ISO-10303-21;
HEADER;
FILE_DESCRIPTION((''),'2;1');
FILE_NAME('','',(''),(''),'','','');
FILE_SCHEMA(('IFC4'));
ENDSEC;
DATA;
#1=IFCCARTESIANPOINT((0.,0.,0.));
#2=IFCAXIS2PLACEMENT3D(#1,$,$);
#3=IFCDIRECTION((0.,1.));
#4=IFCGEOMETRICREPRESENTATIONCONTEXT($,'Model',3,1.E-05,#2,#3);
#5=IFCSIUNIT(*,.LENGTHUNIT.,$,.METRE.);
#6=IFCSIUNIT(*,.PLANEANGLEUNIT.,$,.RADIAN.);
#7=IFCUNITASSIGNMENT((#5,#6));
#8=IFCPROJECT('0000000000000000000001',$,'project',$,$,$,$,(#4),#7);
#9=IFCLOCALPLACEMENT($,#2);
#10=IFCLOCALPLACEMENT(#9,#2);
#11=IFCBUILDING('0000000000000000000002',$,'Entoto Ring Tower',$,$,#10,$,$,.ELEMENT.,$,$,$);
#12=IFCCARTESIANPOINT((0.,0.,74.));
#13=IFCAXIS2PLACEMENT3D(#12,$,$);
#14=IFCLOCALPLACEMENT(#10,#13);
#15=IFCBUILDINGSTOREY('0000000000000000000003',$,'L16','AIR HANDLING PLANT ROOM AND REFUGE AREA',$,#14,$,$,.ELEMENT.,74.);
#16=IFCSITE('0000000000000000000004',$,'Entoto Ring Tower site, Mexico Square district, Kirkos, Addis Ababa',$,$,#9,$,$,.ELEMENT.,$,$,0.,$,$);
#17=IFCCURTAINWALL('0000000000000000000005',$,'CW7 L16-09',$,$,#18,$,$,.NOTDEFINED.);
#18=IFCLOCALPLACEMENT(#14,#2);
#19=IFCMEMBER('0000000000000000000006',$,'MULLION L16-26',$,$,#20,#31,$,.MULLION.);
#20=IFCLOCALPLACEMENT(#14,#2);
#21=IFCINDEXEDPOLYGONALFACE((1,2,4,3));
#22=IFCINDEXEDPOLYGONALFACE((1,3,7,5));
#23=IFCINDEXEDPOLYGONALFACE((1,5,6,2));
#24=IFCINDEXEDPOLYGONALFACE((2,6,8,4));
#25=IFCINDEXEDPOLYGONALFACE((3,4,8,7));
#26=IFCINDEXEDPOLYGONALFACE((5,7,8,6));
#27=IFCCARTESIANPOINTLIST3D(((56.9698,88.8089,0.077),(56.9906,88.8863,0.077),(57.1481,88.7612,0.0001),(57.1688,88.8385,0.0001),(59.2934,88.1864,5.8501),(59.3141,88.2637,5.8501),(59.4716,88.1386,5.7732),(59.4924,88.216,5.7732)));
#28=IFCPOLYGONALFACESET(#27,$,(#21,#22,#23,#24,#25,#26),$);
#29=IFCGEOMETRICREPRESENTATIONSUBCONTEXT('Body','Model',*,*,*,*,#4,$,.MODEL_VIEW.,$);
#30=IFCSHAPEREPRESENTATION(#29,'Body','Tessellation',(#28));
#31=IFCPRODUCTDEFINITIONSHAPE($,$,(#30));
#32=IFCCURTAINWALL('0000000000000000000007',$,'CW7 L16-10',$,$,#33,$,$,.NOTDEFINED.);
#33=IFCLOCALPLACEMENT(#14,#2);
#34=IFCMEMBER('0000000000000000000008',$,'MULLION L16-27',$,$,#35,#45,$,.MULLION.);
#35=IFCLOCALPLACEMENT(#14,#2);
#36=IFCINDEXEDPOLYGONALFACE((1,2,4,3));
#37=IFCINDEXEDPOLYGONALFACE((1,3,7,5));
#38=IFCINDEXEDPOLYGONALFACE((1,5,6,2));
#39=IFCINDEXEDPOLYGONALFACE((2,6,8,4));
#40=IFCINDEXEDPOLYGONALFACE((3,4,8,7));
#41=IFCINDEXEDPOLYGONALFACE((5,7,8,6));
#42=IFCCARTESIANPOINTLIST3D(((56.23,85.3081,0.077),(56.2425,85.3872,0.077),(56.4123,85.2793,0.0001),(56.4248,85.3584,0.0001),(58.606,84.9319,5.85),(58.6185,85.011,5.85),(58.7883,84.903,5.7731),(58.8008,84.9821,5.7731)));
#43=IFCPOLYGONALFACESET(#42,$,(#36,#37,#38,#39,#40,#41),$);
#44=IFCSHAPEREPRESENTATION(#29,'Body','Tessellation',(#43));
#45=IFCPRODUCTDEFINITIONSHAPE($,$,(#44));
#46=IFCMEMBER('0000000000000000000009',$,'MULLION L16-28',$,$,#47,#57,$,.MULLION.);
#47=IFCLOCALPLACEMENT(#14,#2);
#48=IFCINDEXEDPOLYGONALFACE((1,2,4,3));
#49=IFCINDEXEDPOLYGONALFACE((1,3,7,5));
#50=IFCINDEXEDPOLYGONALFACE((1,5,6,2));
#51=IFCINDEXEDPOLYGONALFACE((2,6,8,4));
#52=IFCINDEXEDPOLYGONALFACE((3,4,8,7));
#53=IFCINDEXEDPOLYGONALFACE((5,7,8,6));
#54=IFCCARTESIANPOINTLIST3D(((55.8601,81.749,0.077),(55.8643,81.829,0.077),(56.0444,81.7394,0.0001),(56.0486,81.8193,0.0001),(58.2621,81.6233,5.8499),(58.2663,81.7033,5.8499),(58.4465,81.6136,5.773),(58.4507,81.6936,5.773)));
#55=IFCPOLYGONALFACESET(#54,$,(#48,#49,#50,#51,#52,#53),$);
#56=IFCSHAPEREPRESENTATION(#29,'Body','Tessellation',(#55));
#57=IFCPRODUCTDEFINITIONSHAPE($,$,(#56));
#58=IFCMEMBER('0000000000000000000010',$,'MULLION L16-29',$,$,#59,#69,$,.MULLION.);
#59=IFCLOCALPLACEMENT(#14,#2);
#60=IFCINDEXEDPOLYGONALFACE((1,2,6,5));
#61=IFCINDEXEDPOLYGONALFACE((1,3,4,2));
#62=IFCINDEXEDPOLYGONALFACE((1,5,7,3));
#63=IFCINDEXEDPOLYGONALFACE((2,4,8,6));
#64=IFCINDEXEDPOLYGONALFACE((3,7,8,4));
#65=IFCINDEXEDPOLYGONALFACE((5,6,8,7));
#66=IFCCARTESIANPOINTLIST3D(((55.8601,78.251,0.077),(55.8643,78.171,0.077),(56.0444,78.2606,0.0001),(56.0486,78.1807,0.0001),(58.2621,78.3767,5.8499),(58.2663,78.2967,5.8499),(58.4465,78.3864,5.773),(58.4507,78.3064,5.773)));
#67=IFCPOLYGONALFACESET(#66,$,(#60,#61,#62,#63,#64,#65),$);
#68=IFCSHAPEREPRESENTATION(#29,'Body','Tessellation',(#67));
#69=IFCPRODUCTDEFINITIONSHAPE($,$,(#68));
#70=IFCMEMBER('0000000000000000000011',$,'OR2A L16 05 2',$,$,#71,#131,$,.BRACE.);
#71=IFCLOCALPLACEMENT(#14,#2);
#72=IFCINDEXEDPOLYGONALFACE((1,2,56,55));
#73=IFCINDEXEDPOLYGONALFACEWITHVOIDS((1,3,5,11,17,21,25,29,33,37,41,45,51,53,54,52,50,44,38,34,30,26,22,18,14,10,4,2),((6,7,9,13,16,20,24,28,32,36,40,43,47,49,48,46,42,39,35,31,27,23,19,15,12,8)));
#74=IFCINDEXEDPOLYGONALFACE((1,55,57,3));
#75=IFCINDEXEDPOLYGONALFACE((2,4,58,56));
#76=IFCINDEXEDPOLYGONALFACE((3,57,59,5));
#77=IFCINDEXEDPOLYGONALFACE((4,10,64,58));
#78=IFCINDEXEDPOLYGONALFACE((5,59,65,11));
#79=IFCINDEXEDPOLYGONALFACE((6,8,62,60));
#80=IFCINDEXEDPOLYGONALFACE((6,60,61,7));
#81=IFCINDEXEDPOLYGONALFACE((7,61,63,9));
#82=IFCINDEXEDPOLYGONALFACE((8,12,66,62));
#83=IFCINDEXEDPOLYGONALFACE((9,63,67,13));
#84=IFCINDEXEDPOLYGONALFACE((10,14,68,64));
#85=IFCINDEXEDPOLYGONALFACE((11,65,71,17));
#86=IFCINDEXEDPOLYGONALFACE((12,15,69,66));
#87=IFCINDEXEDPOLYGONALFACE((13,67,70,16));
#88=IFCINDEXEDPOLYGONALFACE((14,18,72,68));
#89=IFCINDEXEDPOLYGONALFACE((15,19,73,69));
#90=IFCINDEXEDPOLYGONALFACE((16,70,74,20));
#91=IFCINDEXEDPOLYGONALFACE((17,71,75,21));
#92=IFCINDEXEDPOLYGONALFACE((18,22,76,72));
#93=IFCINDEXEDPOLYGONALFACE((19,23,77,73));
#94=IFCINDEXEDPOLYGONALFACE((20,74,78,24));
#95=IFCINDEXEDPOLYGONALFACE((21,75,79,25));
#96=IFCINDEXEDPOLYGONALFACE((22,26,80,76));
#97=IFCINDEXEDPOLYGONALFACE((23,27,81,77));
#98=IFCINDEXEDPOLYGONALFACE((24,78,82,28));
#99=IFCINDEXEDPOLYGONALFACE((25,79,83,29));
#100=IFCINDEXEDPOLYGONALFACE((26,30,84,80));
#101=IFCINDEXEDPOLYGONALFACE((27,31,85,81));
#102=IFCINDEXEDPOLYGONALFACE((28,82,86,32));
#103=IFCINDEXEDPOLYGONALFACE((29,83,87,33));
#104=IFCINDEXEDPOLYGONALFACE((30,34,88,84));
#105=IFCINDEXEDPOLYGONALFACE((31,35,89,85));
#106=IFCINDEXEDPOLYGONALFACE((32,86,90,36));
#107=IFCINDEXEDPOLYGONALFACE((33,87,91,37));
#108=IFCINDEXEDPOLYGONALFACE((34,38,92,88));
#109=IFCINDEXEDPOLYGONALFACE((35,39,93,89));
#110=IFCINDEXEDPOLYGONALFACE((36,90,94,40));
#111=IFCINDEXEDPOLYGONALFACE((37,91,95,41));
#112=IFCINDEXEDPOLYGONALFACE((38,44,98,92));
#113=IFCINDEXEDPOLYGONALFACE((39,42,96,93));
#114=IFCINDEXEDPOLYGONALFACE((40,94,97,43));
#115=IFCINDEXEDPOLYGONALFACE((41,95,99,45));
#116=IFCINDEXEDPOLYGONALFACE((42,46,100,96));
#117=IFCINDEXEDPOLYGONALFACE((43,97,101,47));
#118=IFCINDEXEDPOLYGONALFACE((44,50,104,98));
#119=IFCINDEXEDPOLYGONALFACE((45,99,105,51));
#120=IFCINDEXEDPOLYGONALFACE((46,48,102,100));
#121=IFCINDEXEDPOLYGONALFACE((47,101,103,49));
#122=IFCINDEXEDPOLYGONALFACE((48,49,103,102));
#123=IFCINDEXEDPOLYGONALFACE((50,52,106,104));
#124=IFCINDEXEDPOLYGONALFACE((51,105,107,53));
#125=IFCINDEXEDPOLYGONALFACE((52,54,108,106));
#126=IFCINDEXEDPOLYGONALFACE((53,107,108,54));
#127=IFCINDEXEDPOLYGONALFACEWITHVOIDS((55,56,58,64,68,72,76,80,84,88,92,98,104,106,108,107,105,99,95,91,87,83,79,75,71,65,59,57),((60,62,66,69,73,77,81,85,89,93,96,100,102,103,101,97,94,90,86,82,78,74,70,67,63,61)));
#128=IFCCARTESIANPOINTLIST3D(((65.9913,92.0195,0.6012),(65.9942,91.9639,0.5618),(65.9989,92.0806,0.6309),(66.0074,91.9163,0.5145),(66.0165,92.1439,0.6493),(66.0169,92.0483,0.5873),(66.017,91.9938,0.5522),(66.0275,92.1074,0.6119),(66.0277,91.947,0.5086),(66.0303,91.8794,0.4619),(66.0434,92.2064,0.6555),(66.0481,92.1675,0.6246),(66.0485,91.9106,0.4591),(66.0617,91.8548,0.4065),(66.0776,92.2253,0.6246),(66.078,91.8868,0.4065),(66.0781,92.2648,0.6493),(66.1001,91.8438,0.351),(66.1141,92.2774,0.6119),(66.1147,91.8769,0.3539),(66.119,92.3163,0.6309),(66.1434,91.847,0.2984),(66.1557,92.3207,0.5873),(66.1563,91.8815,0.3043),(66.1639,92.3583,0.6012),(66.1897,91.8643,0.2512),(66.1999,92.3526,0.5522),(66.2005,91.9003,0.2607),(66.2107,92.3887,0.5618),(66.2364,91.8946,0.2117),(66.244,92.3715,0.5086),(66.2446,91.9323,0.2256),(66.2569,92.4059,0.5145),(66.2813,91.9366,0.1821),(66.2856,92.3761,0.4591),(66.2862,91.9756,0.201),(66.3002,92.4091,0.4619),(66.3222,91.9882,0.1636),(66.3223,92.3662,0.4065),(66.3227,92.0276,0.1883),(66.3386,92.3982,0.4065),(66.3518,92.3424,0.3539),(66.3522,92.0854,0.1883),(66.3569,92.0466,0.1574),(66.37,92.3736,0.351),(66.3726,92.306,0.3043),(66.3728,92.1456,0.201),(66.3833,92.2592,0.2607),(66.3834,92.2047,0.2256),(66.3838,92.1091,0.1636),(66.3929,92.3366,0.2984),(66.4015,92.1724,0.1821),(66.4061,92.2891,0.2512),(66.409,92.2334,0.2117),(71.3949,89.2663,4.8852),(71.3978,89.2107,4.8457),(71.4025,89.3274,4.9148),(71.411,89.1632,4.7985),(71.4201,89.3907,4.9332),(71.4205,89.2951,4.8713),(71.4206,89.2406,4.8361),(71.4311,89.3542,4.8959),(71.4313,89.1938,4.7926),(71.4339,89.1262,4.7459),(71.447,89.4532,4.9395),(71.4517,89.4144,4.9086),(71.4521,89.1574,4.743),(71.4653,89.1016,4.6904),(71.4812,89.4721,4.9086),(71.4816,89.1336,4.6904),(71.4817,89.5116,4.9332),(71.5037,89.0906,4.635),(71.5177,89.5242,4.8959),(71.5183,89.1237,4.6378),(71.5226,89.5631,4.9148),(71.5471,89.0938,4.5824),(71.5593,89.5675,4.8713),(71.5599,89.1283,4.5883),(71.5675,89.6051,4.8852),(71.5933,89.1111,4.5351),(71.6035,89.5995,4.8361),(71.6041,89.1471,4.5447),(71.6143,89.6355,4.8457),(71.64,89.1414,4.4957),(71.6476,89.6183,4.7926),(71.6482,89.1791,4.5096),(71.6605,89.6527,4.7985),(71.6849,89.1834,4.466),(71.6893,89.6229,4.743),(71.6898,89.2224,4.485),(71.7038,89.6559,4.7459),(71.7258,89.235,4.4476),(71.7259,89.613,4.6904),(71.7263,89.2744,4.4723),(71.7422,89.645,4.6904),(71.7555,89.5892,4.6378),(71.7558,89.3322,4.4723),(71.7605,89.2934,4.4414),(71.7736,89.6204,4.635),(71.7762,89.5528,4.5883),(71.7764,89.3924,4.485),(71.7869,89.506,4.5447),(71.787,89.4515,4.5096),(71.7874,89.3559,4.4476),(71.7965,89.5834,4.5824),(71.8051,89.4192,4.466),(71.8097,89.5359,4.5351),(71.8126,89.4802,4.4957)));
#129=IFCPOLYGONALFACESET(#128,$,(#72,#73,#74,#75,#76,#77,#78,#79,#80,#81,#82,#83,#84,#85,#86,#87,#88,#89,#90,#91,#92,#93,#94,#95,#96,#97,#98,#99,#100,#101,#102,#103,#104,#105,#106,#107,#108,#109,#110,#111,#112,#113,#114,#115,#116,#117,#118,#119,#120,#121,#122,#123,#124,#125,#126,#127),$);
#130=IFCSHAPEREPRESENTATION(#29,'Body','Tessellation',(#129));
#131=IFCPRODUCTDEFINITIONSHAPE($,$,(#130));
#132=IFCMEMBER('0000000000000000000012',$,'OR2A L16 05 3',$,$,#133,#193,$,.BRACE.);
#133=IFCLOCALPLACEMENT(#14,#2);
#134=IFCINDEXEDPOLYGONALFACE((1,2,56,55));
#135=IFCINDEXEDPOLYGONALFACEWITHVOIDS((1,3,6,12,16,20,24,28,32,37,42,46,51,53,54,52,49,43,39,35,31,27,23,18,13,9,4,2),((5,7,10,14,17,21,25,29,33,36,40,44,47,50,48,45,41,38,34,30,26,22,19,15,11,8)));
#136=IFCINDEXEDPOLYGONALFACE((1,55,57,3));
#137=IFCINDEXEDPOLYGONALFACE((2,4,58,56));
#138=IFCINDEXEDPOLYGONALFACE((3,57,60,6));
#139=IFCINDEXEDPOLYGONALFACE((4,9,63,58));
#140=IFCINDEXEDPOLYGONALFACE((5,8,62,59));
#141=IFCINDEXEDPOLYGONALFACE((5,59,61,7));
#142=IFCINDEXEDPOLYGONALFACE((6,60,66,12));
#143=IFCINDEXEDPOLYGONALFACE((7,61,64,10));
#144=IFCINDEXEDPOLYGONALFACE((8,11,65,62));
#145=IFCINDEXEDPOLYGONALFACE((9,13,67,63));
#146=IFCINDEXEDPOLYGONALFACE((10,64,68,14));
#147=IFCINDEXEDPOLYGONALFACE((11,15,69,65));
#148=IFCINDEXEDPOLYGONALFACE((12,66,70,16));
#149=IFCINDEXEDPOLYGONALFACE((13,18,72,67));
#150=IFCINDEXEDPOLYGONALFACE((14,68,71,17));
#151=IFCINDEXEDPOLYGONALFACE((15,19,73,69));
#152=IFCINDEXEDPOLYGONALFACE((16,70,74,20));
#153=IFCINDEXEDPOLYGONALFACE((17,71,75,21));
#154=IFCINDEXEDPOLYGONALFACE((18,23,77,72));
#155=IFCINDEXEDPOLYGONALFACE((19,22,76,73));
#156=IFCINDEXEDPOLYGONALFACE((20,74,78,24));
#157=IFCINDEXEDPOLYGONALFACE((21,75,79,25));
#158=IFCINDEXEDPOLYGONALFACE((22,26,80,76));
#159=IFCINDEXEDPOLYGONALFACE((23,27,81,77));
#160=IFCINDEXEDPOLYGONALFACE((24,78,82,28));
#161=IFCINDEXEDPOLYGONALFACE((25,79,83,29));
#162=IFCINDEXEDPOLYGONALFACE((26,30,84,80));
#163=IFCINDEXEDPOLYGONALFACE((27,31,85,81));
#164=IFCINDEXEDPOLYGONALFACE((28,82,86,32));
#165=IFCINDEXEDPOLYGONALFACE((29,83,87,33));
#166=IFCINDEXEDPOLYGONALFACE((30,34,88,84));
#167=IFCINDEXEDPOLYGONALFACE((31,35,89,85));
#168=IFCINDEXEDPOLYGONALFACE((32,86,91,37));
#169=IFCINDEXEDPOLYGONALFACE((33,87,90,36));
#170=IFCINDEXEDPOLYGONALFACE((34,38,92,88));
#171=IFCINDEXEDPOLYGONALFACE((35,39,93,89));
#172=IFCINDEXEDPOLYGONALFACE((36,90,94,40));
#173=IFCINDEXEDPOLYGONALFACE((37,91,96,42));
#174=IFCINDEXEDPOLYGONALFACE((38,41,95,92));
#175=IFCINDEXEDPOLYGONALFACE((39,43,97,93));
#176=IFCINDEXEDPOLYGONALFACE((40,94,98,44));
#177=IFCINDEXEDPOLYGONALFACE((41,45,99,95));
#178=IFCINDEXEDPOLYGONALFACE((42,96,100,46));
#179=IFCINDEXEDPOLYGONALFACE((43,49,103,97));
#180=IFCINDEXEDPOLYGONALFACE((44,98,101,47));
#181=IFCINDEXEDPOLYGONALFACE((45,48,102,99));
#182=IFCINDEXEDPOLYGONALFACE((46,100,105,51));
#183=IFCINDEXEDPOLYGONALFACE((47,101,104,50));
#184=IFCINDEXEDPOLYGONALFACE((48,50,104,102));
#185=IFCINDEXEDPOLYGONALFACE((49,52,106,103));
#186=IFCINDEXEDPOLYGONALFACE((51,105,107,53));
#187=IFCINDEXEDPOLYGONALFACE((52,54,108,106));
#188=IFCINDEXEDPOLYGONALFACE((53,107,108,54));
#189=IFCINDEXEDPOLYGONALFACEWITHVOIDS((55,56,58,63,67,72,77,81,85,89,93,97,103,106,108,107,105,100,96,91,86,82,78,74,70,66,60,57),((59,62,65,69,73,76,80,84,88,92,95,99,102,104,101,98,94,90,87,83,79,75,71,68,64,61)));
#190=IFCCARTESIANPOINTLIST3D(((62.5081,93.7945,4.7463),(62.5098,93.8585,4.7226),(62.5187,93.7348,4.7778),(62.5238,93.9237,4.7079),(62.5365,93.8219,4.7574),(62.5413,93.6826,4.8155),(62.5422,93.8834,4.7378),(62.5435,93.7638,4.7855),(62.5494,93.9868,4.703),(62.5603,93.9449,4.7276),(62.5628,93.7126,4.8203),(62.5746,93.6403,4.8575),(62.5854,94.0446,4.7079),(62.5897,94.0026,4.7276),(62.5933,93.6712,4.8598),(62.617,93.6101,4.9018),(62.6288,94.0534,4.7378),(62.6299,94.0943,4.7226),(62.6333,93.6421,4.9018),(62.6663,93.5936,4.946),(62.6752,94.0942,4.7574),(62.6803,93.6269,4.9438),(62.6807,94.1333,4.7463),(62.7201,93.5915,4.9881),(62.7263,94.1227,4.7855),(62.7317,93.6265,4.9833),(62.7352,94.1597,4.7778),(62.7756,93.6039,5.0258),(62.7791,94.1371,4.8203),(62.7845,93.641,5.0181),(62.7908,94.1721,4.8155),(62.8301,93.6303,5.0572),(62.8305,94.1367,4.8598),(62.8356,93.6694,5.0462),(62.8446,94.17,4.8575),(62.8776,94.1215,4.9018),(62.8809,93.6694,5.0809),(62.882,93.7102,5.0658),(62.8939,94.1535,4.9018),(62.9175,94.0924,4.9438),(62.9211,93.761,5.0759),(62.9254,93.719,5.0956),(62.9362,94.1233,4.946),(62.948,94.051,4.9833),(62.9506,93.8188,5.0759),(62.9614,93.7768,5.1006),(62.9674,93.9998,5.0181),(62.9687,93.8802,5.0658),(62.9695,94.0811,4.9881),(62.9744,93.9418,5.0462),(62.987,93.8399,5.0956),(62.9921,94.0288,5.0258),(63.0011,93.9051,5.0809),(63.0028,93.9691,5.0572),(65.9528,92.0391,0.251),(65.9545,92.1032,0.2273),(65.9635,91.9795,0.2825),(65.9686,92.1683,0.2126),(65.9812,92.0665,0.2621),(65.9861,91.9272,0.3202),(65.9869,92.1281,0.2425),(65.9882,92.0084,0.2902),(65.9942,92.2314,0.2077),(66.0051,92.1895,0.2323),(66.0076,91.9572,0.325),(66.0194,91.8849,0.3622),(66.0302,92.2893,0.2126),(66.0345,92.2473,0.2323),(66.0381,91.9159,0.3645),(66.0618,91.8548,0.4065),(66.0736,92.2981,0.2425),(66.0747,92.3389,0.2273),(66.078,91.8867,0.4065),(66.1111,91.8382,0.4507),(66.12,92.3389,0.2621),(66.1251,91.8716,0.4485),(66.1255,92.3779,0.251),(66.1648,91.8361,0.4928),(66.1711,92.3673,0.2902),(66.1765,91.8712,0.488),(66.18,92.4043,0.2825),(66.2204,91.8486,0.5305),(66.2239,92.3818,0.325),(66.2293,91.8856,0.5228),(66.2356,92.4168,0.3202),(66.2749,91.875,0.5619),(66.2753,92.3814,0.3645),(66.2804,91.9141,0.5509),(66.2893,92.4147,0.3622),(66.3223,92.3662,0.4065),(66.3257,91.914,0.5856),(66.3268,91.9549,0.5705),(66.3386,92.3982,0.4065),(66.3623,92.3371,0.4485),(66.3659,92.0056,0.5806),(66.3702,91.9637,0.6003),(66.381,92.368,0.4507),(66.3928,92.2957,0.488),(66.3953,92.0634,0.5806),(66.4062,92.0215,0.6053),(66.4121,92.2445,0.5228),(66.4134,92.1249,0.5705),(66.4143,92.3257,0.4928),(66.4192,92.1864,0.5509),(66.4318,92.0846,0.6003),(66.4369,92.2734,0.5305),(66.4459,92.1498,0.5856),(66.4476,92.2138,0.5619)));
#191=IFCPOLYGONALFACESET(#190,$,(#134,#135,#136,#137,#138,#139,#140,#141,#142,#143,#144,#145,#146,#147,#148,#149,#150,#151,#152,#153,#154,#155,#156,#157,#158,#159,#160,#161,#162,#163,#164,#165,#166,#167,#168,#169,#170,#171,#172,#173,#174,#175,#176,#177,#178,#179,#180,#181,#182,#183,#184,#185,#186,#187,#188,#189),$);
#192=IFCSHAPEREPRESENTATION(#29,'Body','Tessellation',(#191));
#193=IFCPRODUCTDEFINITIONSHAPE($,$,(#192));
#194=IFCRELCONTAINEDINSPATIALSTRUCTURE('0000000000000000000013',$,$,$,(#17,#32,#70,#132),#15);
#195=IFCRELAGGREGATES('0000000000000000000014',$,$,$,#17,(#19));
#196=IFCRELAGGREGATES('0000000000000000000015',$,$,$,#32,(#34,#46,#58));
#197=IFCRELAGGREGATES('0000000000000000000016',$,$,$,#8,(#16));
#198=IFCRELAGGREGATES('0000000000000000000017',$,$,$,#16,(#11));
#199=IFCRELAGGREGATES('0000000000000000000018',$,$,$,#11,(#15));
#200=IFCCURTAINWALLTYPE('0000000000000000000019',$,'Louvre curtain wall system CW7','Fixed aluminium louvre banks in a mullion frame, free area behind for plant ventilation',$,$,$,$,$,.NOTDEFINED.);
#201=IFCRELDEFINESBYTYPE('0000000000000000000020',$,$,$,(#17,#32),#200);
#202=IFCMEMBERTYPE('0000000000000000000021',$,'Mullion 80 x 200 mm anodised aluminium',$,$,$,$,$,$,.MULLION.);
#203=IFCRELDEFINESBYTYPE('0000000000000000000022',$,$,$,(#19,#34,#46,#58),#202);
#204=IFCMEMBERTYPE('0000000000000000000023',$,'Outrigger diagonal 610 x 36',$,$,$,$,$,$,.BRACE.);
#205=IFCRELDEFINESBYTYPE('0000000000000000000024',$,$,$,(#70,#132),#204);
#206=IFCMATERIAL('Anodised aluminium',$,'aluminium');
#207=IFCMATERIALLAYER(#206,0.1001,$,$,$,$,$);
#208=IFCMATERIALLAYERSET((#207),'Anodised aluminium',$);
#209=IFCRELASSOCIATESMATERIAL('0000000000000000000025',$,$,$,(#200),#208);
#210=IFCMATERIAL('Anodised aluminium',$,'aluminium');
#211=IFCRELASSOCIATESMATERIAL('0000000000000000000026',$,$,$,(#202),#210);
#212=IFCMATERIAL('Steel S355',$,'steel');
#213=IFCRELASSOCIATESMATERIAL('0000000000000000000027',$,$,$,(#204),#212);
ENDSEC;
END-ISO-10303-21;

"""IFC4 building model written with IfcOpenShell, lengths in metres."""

from ifc_helpers import new_model, si_unit, direction, frame, origin, origin_2d, place, context, subcontext, project, spatial, rectangle, circle, hollow_circle, extrude, material, layer, layer_set, material_profile, profile_set, type_object, element, aggregate, save


model = new_model("IFC4")

# Units and contexts
model_context = context("Model", 3, precision=1e-05, world=origin(), true_north=direction((0.0, 1.0)))
body_context = subcontext(model_context, "Body", "Model", "MODEL_VIEW")
ifc_project = project(units=[si_unit("LENGTHUNIT", "METRE"), si_unit("PLANEANGLEUNIT", "RADIAN")], contexts=[model_context])

# Site, building, storey
site_placement = place(None, origin())
site = spatial("IfcSite", under=ifc_project, at=site_placement, Name="Entoto Ring Tower site, Mexico Square district, Kirkos, Addis Ababa", CompositionType="ELEMENT", RefElevation=0.0)
building_placement = place(site_placement, origin())
building = spatial("IfcBuilding", under=site, at=building_placement, Name="Entoto Ring Tower", CompositionType="ELEMENT")
storey_placement = place(building_placement, frame((0.0, 0.0, 74.0)))
storey = spatial("IfcBuildingStorey", under=building, at=storey_placement, Name="L16", Description="AIR HANDLING PLANT ROOM AND REFUGE AREA", CompositionType="ELEMENT", Elevation=74.0)

# Curtain walls, members
ifc_material_1 = material(Name="Anodised aluminium", Category="aluminium")
ifc_layer_1 = layer(ifc_material_1, 0.1001)
ifc_layer_set_1 = layer_set([ifc_layer_1], Name="Anodised aluminium")
curtain_wall_type = type_object("IfcCurtainWallType", Name="Louvre curtain wall system CW7", Description="Fixed aluminium louvre banks in a mullion frame, free area behind for plant ventilation", PredefinedType="NOTDEFINED", material=ifc_layer_set_1)
curtain_wall_1_placement = place(storey_placement, origin())
curtain_wall_1 = element("IfcCurtainWall", 1, at=curtain_wall_1_placement, inside=storey, type_object=curtain_wall_type, Name="CW7 L16-09", PredefinedType="NOTDEFINED")
ifc_material_2 = material(Name="Anodised aluminium", Category="aluminium")
ifc_material_profile_1 = material_profile(ifc_material_2, rectangle(XDim=0.0801, YDim=0.2, at=origin_2d()), Name="Mullion 80 x 200 mm anodised aluminium")
ifc_profile_set_1 = profile_set([ifc_material_profile_1], Name="Anodised aluminium")
member_type_1 = type_object("IfcMemberType", Name="Mullion 80 x 200 mm anodised aluminium", PredefinedType="MULLION", material=ifc_profile_set_1)
member_1_placement = place(storey_placement, frame((57.0693, 88.8237, 0.0386), z_axis=(0.371517, -0.099545, 0.923074), x_axis=(0.258812, 0.965928, 0.0)))
member_1 = element("IfcMember", 2, at=member_1_placement, type_object=member_type_1, Name="MULLION L16-26", PredefinedType="MULLION", context=body_context, shape_type="SweptSolid", body=[
    extrude(rectangle(XDim=0.0801, YDim=0.2, at=origin_2d()), origin(), (0.0, 0.0, 1.0), 6.2542),
])
aggregate(curtain_wall_1, [member_1])
curtain_wall_2_placement = place(storey_placement, origin())
curtain_wall_2 = element("IfcCurtainWall", 3, at=curtain_wall_2_placement, inside=storey, type_object=curtain_wall_type, Name="CW7 L16-10", PredefinedType="NOTDEFINED")
member_2_placement = place(storey_placement, frame((56.3274, 85.3333, 0.0386), z_axis=(0.379907, -0.060156, 0.923067), x_axis=(0.156395, 0.987695, 0.0)))
member_2 = element("IfcMember", 4, at=member_2_placement, type_object=member_type_1, Name="MULLION L16-27", PredefinedType="MULLION", context=body_context, shape_type="SweptSolid", body=[
    extrude(rectangle(XDim=0.0801, YDim=0.2, at=origin_2d()), origin(), (0.0, 0.0, 1.0), 6.2542),
])
member_3_placement = place(storey_placement, frame((55.9543, 81.7842, 0.0386), z_axis=(0.384089, -0.020104, 0.923077), x_axis=(0.052271, 0.998633, 0.0)))
member_3 = element("IfcMember", 5, at=member_3_placement, type_object=member_type_1, Name="MULLION L16-28", PredefinedType="MULLION", context=body_context, shape_type="SweptSolid", body=[
    extrude(rectangle(XDim=0.0801, YDim=0.2, at=origin_2d()), origin(), (0.0, 0.0, 1.0), 6.2539),
])
member_4_placement = place(storey_placement, frame((55.9543, 78.2158, 0.0386), z_axis=(0.384089, 0.020104, 0.923077), x_axis=(-0.052271, 0.998633, 0.0)))
member_4 = element("IfcMember", 6, at=member_4_placement, type_object=member_type_1, Name="MULLION L16-29", PredefinedType="MULLION", context=body_context, shape_type="SweptSolid", body=[
    extrude(rectangle(XDim=0.0801, YDim=0.2, at=origin_2d()), origin(), (0.0, 0.0, 1.0), 6.2539),
])
aggregate(curtain_wall_2, [member_2, member_3, member_4])

# Members
ifc_material_3 = material(Name="Steel S355", Category="steel")
ifc_material_profile_2 = material_profile(ifc_material_3, hollow_circle(Radius=0.3049, WallThickness=0.0359, at=origin_2d()), Name="CHS 610 x 36")
ifc_material_4 = material(Name="Concrete C60/75", Category="concrete")
ifc_material_profile_3 = material_profile(ifc_material_4, circle(Radius=0.269, at=origin_2d()), Name="Concrete C60/75 infill")
ifc_profile_set_2 = profile_set([ifc_material_profile_2, ifc_material_profile_3], Name="Steel S355")
member_type_2 = type_object("IfcMemberType", Name="Outrigger diagonal 610 x 36", PredefinedType="BRACE", material=ifc_profile_set_2)
member_5_placement = place(storey_placement, frame((71.6038, 89.3733, 4.6904), z_axis=(-0.727753, 0.370798, -0.576961), x_axis=(-0.45398, -0.891012, 0.0)))
element("IfcMember", 7, at=member_5_placement, inside=storey, type_object=member_type_2, Name="OR2A L16 05 2", PredefinedType="BRACE", context=body_context, shape_type="SweptSolid", body=[
    extrude(hollow_circle(Radius=0.3049, WallThickness=0.0359, at=origin_2d()), origin(), (0.0, 0.0, 1.0), 7.425),
])
member_6_placement = place(storey_placement, frame((66.2002, 92.1265, 0.4065), z_axis=(-0.580985, 0.296051, 0.758163), x_axis=(-0.45402, -0.890991, 0.0)))
element("IfcMember", 8, at=member_6_placement, inside=storey, type_object=member_type_2, Name="OR2A L16 05 3", PredefinedType="BRACE", context=body_context, shape_type="SweptSolid", body=[
    extrude(hollow_circle(Radius=0.3049, WallThickness=0.0359, at=origin_2d()), origin(), (0.0, 0.0, 1.0), 5.9292),
])

save(model, "model.ifc")
